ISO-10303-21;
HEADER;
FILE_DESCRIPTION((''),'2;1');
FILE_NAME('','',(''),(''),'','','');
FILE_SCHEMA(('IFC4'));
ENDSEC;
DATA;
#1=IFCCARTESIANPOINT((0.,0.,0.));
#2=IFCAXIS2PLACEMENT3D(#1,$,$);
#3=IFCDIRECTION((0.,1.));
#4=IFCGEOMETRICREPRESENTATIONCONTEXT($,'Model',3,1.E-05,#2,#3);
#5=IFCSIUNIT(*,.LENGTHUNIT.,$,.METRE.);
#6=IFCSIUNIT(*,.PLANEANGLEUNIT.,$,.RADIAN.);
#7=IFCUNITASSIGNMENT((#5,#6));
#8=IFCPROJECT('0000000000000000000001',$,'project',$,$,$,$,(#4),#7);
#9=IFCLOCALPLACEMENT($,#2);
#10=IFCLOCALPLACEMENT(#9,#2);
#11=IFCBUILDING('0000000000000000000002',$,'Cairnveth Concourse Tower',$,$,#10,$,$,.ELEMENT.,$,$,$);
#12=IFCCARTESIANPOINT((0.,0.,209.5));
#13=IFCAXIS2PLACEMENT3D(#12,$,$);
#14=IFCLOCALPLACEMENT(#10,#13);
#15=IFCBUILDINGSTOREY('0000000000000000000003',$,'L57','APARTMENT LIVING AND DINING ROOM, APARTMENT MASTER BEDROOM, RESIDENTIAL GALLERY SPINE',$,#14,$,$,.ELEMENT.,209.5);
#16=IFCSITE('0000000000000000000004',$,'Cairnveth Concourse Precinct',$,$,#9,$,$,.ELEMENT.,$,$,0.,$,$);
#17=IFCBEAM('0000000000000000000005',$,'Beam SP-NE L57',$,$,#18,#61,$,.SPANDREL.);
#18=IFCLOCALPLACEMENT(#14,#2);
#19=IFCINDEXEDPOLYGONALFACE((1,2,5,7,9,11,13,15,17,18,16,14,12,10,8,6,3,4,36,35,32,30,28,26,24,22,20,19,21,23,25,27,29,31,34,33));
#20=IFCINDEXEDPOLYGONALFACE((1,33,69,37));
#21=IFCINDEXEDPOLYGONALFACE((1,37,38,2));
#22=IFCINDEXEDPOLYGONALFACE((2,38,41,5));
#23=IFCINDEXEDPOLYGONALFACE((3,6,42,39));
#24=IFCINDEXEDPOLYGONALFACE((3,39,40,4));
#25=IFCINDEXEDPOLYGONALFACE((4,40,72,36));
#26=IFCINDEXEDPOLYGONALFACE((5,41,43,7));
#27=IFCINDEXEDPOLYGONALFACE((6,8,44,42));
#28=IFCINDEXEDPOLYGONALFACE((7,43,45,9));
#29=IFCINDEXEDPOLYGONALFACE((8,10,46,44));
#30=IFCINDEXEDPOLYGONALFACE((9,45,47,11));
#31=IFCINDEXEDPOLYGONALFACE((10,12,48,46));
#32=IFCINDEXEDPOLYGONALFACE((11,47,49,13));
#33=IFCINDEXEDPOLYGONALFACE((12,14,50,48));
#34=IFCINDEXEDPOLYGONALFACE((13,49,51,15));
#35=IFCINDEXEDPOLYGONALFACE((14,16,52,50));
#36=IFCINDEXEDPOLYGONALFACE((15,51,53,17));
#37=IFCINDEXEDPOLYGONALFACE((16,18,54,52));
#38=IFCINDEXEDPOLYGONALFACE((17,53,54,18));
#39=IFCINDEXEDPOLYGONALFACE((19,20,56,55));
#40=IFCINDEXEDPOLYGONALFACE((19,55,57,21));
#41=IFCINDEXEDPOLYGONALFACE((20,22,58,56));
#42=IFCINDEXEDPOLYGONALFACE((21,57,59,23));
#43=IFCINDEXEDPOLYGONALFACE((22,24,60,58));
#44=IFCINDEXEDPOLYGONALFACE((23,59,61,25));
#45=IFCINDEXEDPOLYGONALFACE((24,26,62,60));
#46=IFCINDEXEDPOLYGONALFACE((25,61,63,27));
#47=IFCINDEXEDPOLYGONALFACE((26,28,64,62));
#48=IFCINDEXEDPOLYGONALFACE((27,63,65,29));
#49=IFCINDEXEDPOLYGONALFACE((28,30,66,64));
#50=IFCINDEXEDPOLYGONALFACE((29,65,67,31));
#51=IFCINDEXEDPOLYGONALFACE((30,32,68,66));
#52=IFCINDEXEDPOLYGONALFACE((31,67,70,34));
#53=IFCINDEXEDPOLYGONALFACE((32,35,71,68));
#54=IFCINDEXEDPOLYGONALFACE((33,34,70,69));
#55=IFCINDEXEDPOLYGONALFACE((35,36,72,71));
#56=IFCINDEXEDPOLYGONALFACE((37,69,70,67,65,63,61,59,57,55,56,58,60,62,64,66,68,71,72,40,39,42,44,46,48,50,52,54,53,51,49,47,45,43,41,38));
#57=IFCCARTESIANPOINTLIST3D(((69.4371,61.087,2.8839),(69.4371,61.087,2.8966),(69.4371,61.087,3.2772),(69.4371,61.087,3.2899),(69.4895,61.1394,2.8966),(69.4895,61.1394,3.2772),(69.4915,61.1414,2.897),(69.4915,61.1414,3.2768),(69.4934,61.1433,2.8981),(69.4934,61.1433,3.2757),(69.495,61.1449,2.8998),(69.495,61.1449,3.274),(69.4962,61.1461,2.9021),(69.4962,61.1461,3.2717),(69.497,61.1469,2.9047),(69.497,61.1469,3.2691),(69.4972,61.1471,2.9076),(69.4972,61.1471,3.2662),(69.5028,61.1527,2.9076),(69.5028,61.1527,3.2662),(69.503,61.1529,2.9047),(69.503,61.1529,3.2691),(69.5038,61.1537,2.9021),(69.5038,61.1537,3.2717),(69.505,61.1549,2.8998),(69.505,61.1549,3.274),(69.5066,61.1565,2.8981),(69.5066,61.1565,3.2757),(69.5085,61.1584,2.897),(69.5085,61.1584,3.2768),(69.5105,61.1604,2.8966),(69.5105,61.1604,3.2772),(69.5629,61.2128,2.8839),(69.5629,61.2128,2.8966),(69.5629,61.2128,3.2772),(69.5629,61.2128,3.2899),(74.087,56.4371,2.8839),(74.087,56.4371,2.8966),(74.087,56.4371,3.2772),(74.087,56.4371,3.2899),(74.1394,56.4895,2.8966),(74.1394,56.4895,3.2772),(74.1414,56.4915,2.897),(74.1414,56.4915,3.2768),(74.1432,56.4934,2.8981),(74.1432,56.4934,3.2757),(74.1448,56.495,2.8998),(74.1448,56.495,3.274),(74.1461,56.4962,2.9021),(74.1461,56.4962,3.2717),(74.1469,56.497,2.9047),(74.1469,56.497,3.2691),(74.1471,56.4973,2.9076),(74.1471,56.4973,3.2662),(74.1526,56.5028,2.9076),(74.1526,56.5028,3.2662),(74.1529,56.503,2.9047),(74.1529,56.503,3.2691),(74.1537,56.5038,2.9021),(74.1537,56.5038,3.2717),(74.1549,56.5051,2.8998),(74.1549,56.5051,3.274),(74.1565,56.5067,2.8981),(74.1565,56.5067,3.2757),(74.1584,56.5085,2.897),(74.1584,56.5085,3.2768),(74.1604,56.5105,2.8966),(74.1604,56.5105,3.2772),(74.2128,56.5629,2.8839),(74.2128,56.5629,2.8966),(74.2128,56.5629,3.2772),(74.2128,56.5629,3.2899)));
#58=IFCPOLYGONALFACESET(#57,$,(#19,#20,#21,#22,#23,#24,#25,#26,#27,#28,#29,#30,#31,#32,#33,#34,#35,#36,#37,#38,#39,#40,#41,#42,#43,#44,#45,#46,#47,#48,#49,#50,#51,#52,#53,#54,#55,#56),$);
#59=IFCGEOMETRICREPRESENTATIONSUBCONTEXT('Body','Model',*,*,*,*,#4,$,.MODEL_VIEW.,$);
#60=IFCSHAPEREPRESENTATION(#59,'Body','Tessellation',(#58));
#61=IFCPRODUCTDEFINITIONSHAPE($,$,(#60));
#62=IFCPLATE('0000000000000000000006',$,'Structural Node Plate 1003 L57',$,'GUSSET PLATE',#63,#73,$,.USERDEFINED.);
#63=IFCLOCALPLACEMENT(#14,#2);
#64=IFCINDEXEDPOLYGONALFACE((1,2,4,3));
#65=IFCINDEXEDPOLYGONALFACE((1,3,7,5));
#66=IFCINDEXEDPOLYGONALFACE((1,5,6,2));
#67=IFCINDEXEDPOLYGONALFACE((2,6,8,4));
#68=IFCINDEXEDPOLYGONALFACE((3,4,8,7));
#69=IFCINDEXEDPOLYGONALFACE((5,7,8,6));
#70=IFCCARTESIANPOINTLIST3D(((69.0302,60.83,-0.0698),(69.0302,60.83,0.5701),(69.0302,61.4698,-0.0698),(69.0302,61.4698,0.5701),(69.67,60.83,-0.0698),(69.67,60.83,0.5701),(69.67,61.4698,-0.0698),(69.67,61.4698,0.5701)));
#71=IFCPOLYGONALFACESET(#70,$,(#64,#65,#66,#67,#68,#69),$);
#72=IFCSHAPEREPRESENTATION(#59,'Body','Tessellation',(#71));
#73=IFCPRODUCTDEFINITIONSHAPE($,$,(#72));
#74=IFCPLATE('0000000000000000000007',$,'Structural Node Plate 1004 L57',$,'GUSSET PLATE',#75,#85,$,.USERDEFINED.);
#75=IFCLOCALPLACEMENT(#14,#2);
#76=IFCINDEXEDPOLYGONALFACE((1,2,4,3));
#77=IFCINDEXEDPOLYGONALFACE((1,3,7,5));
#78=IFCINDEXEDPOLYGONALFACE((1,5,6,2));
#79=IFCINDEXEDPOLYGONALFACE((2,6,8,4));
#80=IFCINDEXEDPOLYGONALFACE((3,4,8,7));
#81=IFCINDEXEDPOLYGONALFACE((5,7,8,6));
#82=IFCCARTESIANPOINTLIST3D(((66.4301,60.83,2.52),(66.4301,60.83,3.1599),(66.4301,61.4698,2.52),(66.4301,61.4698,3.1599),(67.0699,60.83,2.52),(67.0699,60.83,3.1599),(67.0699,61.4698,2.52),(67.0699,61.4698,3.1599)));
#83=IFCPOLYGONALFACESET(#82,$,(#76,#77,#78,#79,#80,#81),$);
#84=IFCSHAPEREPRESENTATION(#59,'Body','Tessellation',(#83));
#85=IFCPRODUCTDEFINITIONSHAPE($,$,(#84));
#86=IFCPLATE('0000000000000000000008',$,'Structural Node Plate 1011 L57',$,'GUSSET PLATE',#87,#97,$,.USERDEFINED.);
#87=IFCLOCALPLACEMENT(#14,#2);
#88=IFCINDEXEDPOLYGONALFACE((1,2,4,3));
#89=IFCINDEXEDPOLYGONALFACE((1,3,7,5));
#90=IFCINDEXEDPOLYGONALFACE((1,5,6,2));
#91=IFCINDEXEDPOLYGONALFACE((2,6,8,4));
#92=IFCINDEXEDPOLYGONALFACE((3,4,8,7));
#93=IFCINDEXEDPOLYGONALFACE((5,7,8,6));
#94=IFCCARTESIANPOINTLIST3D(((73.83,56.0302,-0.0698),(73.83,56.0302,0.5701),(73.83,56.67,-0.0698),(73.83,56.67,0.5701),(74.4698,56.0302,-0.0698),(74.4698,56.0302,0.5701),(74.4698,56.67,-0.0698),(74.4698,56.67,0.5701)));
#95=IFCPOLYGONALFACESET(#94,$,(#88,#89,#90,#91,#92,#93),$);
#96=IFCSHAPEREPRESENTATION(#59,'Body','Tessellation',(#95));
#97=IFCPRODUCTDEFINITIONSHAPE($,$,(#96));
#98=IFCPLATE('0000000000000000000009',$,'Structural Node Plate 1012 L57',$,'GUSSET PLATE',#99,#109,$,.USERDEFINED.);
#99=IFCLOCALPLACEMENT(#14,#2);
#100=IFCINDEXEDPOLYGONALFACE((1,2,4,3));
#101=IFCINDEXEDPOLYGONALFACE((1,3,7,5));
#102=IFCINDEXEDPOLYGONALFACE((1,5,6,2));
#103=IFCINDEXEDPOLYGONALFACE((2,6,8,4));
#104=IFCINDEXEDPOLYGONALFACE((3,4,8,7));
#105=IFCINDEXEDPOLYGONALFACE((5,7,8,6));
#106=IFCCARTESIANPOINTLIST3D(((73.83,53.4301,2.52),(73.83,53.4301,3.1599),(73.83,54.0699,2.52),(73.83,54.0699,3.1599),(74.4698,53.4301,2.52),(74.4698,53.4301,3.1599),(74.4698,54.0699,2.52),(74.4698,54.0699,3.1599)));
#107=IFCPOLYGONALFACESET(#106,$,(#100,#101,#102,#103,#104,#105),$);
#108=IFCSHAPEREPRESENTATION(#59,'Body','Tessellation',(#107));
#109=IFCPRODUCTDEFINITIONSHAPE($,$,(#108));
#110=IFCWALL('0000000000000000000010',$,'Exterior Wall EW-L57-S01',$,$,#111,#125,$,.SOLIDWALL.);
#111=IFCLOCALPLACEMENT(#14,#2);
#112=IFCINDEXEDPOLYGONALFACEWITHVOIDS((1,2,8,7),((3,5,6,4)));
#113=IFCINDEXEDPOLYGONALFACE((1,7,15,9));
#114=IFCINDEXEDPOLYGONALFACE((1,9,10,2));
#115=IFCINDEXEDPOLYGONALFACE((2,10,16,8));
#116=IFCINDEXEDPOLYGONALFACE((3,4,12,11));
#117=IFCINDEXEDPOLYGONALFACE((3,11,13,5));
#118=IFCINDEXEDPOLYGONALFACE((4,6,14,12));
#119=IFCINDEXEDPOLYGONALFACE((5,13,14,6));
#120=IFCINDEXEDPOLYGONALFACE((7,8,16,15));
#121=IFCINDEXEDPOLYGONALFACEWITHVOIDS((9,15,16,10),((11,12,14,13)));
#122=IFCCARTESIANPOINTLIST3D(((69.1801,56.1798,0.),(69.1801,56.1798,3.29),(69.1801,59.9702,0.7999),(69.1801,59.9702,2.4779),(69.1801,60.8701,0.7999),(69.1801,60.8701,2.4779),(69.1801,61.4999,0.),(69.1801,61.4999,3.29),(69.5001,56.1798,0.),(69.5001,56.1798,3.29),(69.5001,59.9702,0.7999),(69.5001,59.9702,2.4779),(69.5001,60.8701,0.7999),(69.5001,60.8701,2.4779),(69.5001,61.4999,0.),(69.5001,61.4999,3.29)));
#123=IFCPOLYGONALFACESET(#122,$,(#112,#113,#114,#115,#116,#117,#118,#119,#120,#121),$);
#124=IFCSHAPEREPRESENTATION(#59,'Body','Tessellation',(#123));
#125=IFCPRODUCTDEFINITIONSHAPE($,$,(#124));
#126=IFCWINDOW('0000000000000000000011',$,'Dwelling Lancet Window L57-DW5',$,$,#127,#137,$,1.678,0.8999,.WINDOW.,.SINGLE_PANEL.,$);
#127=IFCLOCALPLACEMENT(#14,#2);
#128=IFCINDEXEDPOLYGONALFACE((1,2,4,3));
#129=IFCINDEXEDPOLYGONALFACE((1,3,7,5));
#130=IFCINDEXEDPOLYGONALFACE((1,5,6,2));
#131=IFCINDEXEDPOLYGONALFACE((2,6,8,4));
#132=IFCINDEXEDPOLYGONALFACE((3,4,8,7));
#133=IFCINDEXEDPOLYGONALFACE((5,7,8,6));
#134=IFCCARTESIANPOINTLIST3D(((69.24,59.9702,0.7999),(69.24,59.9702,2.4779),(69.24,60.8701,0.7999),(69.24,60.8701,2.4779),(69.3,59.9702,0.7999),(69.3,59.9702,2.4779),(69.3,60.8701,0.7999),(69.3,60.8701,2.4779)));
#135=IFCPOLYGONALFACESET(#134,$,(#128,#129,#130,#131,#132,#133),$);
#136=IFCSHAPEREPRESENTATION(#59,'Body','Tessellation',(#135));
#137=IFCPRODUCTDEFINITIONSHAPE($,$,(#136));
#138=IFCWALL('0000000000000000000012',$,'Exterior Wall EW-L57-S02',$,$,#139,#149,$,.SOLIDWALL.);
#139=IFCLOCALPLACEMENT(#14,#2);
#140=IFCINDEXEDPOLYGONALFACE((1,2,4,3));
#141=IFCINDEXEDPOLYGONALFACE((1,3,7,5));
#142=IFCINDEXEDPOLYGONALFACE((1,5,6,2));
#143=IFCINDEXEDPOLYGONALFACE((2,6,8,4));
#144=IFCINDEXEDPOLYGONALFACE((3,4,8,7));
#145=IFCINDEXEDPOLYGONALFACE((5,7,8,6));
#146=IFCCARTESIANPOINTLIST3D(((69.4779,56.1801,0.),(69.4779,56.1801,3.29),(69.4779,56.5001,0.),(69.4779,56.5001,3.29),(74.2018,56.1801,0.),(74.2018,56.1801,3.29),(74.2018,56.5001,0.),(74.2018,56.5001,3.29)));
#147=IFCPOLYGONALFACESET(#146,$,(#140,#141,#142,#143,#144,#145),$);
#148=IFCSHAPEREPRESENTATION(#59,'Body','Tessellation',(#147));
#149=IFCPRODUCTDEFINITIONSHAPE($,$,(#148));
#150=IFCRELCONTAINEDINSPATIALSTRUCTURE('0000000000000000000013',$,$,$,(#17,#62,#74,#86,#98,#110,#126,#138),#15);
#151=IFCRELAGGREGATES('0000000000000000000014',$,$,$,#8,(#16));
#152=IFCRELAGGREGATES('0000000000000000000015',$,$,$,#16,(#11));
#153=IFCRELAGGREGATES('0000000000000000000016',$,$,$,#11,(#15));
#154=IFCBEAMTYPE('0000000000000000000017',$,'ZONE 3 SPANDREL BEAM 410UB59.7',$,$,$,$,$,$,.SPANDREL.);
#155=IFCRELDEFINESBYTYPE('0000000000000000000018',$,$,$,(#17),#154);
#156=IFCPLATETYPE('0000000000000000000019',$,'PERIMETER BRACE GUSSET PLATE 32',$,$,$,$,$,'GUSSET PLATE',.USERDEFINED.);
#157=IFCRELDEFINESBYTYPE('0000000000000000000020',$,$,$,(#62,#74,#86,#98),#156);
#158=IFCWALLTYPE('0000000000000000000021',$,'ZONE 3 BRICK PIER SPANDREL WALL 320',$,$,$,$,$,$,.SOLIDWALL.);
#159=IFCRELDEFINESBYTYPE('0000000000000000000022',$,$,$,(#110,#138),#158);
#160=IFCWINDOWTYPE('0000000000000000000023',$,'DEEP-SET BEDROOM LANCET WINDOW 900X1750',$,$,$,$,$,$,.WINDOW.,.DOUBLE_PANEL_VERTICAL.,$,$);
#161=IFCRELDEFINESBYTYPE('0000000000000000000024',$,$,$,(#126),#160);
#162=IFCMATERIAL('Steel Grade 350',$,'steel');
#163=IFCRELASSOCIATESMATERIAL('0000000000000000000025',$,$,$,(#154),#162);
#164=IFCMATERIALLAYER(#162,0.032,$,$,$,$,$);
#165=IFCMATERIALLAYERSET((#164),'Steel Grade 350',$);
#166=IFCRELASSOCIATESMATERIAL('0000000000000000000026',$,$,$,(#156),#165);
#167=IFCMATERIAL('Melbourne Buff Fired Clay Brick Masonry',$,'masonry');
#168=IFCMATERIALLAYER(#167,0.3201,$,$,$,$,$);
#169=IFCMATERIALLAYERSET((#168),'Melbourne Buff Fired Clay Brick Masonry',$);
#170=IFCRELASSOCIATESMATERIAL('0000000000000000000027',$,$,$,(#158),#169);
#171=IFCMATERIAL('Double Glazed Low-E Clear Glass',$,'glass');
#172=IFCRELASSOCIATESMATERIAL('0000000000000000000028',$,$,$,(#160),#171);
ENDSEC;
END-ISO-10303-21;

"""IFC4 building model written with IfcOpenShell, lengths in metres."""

from ifc_helpers import new_model, si_unit, direction, frame, frame_2d, origin, origin_2d, place, context, subcontext, project, spatial, rectangle, i_section, extrude, material, layer, layer_set, material_profile, profile_set, type_object, element, fill, save


model = new_model("IFC4")

# Units and contexts
model_context = context("Model", 3, precision=1e-05, world=origin(), true_north=direction((0.0, 1.0)))
body_context = subcontext(model_context, "Body", "Model", "MODEL_VIEW")
ifc_project = project(units=[si_unit("LENGTHUNIT", "METRE"), si_unit("PLANEANGLEUNIT", "RADIAN")], contexts=[model_context])

# Site, building, storey
site_placement = place(None, origin())
site = spatial("IfcSite", under=ifc_project, at=site_placement, Name="Cairnveth Concourse Precinct", CompositionType="ELEMENT", RefElevation=0.0)
building_placement = place(site_placement, origin())
building = spatial("IfcBuilding", under=site, at=building_placement, Name="Cairnveth Concourse Tower", CompositionType="ELEMENT")
storey_placement = place(building_placement, frame((0.0, 0.0, 209.5)))
storey = spatial("IfcBuildingStorey", under=building, at=storey_placement, Name="L57", Description="APARTMENT LIVING AND DINING ROOM, APARTMENT MASTER BEDROOM, RESIDENTIAL GALLERY SPINE", CompositionType="ELEMENT", Elevation=209.5)

# Shared definitions
ifc_material_1 = material(Name="Steel Grade 350", Category="steel")

# Beam
ifc_material_profile_1 = material_profile(ifc_material_1, i_section(OverallWidth=0.178, OverallDepth=0.406, WebThickness=0.0078, FlangeThickness=0.0127, FilletRadius=0.011, at=origin_2d()), Name="410UB59.7")
ifc_profile_set_1 = profile_set([ifc_material_profile_1], Name="Steel Grade 350")
beam_type_1 = type_object("IfcBeamType", Name="ZONE 3 SPANDREL BEAM 410UB59.7", PredefinedType="SPANDREL", material=ifc_profile_set_1)
beam_1_placement = place(storey_placement, frame((69.5, 61.1499, 3.0869), z_axis=(0.707107, -0.707107, 0.0), x_axis=(0.707107, 0.707107, 0.0)))
element("IfcBeam", 1, at=beam_1_placement, inside=storey, type_object=beam_type_1, Name="Beam SP-NE L57", PredefinedType="SPANDREL", context=body_context, shape_type="SweptSolid", body=[
    extrude(i_section(OverallWidth=0.178, OverallDepth=0.406, WebThickness=0.0078, FlangeThickness=0.0127, FilletRadius=0.011, at=origin_2d()), origin(), (0.0, 0.0, 1.0), 6.5759),
])

# Plates
ifc_layer_1 = layer(ifc_material_1, 0.032)
ifc_layer_set_1 = layer_set([ifc_layer_1], Name="Steel Grade 350")
plate_type = type_object("IfcPlateType", Name="PERIMETER BRACE GUSSET PLATE 32", ElementType="GUSSET PLATE", PredefinedType="USERDEFINED", material=ifc_layer_set_1)
for number, where, z_axis, x_axis, name in (
    (2, (69.3501, 61.1499, -0.0698), (0.0, 0.0, 1.0), (1.0, 0.0, 0.0), "Structural Node Plate 1003 L57"),
    (3, (66.75, 61.1499, 2.52), (0.0, 0.0, 1.0), (1.0, 0.0, 0.0), "Structural Node Plate 1004 L57"),
    (4, (74.1499, 56.3501, -0.0698), (0.0, 0.0, 1.0), (1.0, 0.0, 0.0), "Structural Node Plate 1011 L57"),
    (5, (74.1499, 53.75, 2.52), (0.0, 0.0, 1.0), (1.0, 0.0, 0.0), "Structural Node Plate 1012 L57"),
):
    element("IfcPlate", number, at=place(storey_placement, frame(where, z_axis=z_axis, x_axis=x_axis)), inside=storey, type_object=plate_type, Name=name, ObjectType="GUSSET PLATE", PredefinedType="USERDEFINED", context=body_context, shape_type="SweptSolid", body=[
        extrude(rectangle(XDim=0.6399, YDim=0.6399, at=origin_2d()), origin(), (0.0, 0.0, 1.0), 0.6399),
    ])

# Wall, opening, window
ifc_material_2 = material(Name="Melbourne Buff Fired Clay Brick Masonry", Category="masonry")
ifc_layer_2 = layer(ifc_material_2, 0.3201)
ifc_layer_set_2 = layer_set([ifc_layer_2], Name="Melbourne Buff Fired Clay Brick Masonry")
wall_type = type_object("IfcWallType", Name="ZONE 3 BRICK PIER SPANDREL WALL 320", PredefinedType="SOLIDWALL", material=ifc_layer_set_2)
wall_1_placement = place(storey_placement, frame((69.3401, 61.5, 0.0), z_axis=(0.0, 0.0, 1.0), x_axis=(0.0, -1.0, 0.0)))
wall_1 = element("IfcWall", 6, at=wall_1_placement, inside=storey, type_object=wall_type, Name="Exterior Wall EW-L57-S01", PredefinedType="SOLIDWALL", context=body_context, shape_type="SweptSolid", body=[
    extrude(rectangle(XDim=5.3201, YDim=0.3201, at=frame_2d((2.6602, 0.0))), origin(), (0.0, 0.0, 1.0), 3.29),
])
opening_1_placement = place(wall_1_placement, frame((0.6299, 0.0, 0.8)))
opening_1 = element("IfcOpeningElement", 7, at=opening_1_placement, cuts=wall_1, PredefinedType="OPENING", context=body_context, shape_type="SweptSolid", body=[
    extrude(rectangle(XDim=0.8999, YDim=1.678, at=frame_2d((0.45, 0.8389))), frame((0.0, 0.1699, 0.0), z_axis=(0.0, -1.0, 0.0), x_axis=(1.0, 0.0, 0.0)), (0.0, 0.0, 1.0), 0.3401),
])
ifc_material_3 = material(Name="Double Glazed Low-E Clear Glass", Category="glass")
window_type_1 = type_object("IfcWindowType", Name="DEEP-SET BEDROOM LANCET WINDOW 900X1750", PartitioningType="DOUBLE_PANEL_VERTICAL", PredefinedType="WINDOW", material=ifc_material_3)
window_1_placement = place(opening_1_placement, origin())
window_1 = element("IfcWindow", 8, at=window_1_placement, inside=storey, type_object=window_type_1, Name="Dwelling Lancet Window L57-DW5", OverallHeight=1.678, OverallWidth=0.8999, PartitioningType="SINGLE_PANEL", PredefinedType="WINDOW", context=body_context, shape_type="SweptSolid", body=[
    extrude(rectangle(XDim=0.8999, YDim=1.678, at=frame_2d((0.45, 0.8389))), frame((0.0, -0.04, 0.0), z_axis=(0.0, -1.0, 0.0), x_axis=(1.0, 0.0, 0.0)), (0.0, 0.0, 1.0), 0.0601),
])
fill(opening_1, window_1)

# Wall
wall_2_placement = place(storey_placement, frame((69.478, 56.3401, 0.0), z_axis=(0.0, 0.0, 1.0), x_axis=(1.0, 0.0, 0.0)))
element("IfcWall", 9, at=wall_2_placement, inside=storey, type_object=wall_type, Name="Exterior Wall EW-L57-S02", PredefinedType="SOLIDWALL", context=body_context, shape_type="SweptSolid", body=[
    extrude(rectangle(XDim=4.7239, YDim=0.3201, at=frame_2d((2.3618, 0.0))), origin(), (0.0, 0.0, 1.0), 3.29),
])

save(model, "model.ifc")
